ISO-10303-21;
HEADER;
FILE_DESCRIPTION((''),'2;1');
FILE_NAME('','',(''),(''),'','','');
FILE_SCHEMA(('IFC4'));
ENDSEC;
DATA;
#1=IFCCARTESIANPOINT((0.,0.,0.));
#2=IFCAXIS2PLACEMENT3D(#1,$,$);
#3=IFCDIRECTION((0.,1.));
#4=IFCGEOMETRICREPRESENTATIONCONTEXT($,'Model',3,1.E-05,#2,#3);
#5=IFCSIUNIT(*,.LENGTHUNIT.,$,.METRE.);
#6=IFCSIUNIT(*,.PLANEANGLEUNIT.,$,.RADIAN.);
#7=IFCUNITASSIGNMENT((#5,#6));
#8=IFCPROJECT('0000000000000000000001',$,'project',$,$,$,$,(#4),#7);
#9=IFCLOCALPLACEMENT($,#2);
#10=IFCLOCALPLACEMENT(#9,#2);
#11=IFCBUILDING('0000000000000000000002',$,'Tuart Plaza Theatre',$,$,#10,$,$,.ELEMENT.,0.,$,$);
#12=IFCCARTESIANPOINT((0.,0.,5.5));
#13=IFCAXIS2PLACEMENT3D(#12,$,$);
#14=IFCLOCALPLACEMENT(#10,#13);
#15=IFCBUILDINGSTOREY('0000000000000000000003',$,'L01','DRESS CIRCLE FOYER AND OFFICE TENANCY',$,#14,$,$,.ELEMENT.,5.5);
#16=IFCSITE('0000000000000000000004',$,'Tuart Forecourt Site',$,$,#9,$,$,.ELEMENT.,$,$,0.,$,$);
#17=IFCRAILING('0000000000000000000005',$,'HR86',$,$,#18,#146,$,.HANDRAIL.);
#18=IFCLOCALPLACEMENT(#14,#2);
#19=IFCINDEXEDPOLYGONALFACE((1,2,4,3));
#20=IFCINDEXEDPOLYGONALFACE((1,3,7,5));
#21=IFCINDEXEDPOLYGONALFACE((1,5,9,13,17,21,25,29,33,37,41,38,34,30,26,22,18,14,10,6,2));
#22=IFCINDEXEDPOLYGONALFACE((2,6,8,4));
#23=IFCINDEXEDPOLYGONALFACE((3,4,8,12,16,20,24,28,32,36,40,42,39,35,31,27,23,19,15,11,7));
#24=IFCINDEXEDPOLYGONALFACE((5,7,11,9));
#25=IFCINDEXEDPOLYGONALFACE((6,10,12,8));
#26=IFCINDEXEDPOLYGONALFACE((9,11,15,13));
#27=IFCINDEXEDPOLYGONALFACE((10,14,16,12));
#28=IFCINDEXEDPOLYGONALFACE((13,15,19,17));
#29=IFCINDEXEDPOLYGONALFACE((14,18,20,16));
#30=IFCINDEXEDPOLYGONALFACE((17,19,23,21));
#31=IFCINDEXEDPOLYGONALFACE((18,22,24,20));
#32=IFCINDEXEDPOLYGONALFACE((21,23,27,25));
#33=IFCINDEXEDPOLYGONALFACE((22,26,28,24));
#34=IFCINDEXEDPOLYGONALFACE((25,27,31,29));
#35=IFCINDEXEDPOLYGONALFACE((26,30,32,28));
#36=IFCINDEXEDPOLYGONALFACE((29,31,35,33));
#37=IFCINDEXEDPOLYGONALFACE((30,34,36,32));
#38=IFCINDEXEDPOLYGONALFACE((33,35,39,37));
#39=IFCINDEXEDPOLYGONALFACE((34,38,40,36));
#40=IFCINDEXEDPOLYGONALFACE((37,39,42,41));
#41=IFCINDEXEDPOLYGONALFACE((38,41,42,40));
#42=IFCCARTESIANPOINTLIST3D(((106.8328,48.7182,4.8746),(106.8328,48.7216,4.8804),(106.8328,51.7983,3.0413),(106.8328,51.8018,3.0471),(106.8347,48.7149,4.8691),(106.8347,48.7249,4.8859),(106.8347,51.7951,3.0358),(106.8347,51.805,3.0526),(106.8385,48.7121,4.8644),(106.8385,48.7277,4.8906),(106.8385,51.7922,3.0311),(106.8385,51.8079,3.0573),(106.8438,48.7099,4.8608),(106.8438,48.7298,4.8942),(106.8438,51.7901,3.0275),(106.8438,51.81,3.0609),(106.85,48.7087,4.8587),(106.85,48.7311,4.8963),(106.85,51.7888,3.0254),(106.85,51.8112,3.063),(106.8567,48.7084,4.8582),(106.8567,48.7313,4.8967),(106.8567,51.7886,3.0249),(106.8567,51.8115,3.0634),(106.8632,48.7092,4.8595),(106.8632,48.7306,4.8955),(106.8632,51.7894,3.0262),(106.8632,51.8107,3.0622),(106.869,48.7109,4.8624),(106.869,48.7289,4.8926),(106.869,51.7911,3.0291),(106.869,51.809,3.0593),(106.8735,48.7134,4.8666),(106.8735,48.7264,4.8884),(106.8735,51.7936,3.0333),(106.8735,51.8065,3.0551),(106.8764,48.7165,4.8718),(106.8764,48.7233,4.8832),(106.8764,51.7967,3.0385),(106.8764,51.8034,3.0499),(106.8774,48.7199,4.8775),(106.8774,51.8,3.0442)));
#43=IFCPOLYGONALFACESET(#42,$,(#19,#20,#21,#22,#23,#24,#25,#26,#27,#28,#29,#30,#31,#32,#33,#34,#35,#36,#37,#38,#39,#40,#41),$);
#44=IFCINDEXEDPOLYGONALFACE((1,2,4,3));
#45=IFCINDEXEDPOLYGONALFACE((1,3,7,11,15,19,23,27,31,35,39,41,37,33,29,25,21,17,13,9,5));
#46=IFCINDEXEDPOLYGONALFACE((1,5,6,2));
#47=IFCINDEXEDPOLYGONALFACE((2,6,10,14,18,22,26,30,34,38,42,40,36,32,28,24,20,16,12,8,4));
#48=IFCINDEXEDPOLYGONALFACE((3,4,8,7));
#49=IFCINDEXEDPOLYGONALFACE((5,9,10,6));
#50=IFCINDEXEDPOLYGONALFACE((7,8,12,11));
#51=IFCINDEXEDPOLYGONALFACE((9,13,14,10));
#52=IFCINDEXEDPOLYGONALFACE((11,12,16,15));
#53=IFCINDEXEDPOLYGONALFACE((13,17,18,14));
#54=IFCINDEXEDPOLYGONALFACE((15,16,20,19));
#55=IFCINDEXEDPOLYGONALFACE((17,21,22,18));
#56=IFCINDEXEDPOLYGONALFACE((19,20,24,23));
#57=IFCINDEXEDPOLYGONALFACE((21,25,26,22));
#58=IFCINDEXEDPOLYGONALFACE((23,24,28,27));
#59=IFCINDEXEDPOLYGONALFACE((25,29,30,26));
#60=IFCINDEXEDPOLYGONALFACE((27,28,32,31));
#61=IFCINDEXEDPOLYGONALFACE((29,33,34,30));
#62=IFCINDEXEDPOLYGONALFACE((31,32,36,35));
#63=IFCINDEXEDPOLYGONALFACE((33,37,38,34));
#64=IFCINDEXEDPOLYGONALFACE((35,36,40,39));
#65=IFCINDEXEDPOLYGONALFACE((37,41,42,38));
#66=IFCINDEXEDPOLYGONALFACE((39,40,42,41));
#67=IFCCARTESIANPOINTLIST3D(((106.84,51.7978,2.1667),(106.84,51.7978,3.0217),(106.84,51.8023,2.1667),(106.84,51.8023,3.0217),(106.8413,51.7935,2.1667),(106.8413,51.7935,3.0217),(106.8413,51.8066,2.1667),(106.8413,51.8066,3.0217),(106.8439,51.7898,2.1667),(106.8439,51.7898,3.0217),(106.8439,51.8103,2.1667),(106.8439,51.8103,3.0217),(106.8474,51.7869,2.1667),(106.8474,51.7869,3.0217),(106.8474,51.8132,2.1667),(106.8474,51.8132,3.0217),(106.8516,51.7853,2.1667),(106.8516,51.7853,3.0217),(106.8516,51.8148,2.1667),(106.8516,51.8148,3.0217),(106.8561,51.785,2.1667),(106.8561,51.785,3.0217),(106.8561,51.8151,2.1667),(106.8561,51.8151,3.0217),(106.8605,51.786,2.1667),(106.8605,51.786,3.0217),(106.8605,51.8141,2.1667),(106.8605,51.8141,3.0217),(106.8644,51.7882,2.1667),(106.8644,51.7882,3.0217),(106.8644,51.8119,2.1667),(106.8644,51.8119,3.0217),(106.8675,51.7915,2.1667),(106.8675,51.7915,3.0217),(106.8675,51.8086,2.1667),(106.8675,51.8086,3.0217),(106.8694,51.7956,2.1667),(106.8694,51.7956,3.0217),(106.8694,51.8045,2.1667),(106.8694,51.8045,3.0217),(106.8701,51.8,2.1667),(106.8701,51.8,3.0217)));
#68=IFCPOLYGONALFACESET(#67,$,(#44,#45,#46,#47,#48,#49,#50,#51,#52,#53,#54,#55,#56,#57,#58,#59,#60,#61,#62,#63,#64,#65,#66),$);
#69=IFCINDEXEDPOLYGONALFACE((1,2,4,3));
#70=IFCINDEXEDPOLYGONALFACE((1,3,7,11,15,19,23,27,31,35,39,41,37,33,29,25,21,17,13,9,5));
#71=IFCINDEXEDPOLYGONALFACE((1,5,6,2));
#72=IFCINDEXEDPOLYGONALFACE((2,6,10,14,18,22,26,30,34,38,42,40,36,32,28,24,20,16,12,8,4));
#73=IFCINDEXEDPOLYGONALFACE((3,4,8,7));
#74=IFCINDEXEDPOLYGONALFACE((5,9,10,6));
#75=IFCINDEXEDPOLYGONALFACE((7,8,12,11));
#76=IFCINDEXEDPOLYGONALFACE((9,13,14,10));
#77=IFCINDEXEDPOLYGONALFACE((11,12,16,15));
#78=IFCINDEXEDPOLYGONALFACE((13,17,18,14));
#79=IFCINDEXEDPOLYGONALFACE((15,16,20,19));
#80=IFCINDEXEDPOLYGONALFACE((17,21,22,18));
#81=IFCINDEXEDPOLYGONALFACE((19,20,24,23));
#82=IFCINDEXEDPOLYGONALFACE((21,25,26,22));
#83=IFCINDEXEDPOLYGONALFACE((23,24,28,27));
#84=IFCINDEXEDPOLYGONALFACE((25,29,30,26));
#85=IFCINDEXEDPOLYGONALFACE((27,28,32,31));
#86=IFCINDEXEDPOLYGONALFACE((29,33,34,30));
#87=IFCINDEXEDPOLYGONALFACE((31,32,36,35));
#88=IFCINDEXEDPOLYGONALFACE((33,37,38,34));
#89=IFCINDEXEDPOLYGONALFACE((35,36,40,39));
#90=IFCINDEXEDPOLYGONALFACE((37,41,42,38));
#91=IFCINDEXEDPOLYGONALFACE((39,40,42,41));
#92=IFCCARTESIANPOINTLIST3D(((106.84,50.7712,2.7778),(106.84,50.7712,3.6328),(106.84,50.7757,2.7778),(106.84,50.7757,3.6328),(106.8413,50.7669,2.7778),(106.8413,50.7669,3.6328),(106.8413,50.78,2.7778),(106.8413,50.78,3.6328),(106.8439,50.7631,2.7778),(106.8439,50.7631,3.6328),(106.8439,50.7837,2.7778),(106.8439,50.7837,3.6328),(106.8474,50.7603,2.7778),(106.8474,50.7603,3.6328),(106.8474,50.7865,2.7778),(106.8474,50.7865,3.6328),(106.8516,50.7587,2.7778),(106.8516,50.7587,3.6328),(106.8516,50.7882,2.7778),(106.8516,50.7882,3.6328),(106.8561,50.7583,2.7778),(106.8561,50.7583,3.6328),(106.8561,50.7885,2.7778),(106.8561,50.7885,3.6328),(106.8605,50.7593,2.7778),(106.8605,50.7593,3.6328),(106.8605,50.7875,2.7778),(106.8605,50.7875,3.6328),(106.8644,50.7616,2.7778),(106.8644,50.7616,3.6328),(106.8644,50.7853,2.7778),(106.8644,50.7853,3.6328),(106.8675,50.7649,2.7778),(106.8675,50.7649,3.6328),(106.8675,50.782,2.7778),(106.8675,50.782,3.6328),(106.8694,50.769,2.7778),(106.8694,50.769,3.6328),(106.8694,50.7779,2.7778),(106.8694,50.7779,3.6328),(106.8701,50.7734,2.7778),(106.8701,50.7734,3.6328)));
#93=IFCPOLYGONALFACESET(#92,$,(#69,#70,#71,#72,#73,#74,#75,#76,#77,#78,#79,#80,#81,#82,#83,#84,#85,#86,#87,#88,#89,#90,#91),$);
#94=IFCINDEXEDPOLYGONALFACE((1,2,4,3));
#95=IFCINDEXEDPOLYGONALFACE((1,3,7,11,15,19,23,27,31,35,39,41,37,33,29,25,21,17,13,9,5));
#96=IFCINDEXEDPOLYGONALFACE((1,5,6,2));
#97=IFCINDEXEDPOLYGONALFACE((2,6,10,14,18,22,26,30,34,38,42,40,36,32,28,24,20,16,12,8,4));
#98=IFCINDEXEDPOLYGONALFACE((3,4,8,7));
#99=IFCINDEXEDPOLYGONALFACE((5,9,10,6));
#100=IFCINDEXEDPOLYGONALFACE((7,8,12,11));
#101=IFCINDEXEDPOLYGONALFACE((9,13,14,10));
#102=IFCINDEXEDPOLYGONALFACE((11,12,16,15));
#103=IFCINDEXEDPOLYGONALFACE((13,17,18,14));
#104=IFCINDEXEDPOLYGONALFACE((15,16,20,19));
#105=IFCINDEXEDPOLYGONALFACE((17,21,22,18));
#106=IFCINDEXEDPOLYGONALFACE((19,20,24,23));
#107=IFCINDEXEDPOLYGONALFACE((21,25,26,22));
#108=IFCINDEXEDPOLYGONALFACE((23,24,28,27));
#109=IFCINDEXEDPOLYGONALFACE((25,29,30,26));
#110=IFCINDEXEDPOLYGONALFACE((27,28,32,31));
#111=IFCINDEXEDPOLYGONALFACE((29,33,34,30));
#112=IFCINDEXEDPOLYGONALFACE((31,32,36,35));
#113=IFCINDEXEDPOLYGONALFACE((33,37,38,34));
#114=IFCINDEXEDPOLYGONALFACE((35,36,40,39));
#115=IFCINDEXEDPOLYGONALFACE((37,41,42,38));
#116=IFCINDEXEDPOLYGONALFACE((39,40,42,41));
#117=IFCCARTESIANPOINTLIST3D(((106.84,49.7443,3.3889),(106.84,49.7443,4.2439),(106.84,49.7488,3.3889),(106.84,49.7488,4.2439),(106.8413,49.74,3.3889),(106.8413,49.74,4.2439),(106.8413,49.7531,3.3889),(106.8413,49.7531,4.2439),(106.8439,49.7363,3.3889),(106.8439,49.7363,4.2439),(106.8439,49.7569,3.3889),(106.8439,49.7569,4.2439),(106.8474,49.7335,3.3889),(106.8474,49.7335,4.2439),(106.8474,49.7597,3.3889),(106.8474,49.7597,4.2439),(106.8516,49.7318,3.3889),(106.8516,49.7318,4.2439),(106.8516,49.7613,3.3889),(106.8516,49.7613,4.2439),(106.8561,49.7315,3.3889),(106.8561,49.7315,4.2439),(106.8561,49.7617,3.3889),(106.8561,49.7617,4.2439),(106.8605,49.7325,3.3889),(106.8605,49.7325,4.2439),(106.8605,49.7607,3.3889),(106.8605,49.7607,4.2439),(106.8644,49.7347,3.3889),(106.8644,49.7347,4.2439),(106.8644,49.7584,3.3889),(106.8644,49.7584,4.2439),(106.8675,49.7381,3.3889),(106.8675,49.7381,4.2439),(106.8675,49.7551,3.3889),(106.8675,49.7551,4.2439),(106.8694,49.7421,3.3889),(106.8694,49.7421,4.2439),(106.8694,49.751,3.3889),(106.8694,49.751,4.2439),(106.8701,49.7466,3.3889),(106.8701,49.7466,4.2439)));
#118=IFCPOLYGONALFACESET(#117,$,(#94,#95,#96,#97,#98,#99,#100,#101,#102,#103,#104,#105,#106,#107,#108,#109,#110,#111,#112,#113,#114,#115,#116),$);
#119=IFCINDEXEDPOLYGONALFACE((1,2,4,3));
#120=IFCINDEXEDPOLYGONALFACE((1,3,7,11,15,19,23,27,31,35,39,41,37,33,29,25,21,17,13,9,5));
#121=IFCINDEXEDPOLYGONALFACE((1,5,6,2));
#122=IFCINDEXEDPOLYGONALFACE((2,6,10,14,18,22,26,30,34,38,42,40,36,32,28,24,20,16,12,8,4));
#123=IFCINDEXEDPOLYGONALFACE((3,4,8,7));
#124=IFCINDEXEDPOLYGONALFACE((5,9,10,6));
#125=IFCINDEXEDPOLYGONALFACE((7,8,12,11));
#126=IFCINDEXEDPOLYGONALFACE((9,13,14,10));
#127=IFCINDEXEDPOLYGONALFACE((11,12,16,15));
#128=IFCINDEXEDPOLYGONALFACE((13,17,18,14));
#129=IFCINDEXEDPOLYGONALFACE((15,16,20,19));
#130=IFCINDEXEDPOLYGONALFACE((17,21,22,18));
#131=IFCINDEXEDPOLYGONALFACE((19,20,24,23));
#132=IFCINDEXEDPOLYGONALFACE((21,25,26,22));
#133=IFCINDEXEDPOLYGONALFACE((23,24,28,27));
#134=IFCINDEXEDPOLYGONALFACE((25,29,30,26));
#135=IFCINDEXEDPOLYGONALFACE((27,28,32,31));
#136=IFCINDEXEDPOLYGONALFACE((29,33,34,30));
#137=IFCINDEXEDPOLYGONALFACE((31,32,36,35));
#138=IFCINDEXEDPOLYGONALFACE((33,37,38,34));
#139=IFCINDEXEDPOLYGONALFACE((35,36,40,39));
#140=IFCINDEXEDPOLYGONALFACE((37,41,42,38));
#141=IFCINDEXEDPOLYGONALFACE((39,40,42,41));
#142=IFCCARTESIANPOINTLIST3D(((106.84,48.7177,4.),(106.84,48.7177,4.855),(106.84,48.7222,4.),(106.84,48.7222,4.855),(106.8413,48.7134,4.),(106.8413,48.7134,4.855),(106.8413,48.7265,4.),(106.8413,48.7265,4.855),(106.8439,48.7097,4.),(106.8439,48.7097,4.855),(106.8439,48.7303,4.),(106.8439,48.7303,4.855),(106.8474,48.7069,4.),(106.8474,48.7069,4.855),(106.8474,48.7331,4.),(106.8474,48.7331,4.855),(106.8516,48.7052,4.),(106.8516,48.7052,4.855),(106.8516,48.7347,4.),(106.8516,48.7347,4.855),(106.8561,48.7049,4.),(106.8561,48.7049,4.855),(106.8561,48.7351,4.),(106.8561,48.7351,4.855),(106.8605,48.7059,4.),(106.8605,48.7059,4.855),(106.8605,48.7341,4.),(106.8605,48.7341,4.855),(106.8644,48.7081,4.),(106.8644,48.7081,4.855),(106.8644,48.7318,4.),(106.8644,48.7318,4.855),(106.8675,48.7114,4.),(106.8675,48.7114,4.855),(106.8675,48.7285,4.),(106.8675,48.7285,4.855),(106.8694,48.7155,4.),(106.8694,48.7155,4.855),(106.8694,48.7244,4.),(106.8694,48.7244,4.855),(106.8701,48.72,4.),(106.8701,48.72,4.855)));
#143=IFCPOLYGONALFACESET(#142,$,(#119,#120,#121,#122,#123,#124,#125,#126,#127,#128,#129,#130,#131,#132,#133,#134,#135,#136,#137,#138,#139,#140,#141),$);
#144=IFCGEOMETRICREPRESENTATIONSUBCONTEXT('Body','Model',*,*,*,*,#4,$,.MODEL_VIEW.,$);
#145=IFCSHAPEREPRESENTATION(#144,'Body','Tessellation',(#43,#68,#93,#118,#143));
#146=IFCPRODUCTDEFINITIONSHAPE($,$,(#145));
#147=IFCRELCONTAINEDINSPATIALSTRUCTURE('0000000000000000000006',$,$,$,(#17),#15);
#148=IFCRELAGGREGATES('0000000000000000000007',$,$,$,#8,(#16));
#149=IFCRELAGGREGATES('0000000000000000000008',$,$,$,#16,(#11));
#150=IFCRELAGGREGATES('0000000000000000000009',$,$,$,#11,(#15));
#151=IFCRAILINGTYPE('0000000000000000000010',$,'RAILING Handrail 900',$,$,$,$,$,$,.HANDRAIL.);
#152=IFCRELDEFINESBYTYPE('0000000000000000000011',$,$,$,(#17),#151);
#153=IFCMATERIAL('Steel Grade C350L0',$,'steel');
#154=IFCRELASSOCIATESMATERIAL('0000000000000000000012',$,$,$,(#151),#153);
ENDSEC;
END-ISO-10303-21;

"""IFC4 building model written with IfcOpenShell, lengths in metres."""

from ifc_helpers import new_model, si_unit, direction, frame, origin, origin_2d, place, context, subcontext, project, spatial, circle, extrude, material, type_object, element, save


model = new_model("IFC4")

# Units and contexts
model_context = context("Model", 3, precision=1e-05, world=origin(), true_north=direction((0.0, 1.0)))
body_context = subcontext(model_context, "Body", "Model", "MODEL_VIEW")
ifc_project = project(units=[si_unit("LENGTHUNIT", "METRE"), si_unit("PLANEANGLEUNIT", "RADIAN")], contexts=[model_context])

# Site, building, storey
site_placement = place(None, origin())
site = spatial("IfcSite", under=ifc_project, at=site_placement, Name="Tuart Forecourt Site", CompositionType="ELEMENT", RefElevation=0.0)
building_placement = place(site_placement, origin())
building = spatial("IfcBuilding", under=site, at=building_placement, Name="Tuart Plaza Theatre", CompositionType="ELEMENT", ElevationOfRefHeight=0.0)
storey_placement = place(building_placement, frame((0.0, 0.0, 5.5)))
storey = spatial("IfcBuildingStorey", under=building, at=storey_placement, Name="L01", Description="DRESS CIRCLE FOYER AND OFFICE TENANCY", CompositionType="ELEMENT", Elevation=5.5)

# Railing
ifc_material_1 = material(Name="Steel Grade C350L0", Category="steel")
railing_type = type_object("IfcRailingType", Name="RAILING Handrail 900", PredefinedType="HANDRAIL", material=ifc_material_1)
for number, where, name in (
    (1, (106.855, 51.8, 2.1667), "HR86"),
):
    element("IfcRailing", number, at=place(storey_placement, frame(where)), inside=storey, type_object=railing_type, Name=name, PredefinedType="HANDRAIL", context=body_context, shape_type="SweptSolid", body=[
        extrude(circle(Radius=0.0225, at=origin_2d()), frame((0.0, 0.0, 0.8774), z_axis=(0.0, -0.859309, 0.511458), x_axis=(1.0, 0.0, 0.0)), (0.0, 0.0, 1.0), 3.5845),
        extrude(circle(Radius=0.0151, at=origin_2d()), origin(), (0.0, 0.0, 1.0), 0.855),
        extrude(circle(Radius=0.0151, at=origin_2d()), frame((0.0, -1.0266, 0.6111)), (0.0, 0.0, 1.0), 0.855),
        extrude(circle(Radius=0.0151, at=origin_2d()), frame((0.0, -2.0535, 1.2222)), (0.0, 0.0, 1.0), 0.855),
        extrude(circle(Radius=0.0151, at=origin_2d()), frame((0.0, -3.0801, 1.8333)), (0.0, 0.0, 1.0), 0.855),
    ])

save(model, "model.ifc")
